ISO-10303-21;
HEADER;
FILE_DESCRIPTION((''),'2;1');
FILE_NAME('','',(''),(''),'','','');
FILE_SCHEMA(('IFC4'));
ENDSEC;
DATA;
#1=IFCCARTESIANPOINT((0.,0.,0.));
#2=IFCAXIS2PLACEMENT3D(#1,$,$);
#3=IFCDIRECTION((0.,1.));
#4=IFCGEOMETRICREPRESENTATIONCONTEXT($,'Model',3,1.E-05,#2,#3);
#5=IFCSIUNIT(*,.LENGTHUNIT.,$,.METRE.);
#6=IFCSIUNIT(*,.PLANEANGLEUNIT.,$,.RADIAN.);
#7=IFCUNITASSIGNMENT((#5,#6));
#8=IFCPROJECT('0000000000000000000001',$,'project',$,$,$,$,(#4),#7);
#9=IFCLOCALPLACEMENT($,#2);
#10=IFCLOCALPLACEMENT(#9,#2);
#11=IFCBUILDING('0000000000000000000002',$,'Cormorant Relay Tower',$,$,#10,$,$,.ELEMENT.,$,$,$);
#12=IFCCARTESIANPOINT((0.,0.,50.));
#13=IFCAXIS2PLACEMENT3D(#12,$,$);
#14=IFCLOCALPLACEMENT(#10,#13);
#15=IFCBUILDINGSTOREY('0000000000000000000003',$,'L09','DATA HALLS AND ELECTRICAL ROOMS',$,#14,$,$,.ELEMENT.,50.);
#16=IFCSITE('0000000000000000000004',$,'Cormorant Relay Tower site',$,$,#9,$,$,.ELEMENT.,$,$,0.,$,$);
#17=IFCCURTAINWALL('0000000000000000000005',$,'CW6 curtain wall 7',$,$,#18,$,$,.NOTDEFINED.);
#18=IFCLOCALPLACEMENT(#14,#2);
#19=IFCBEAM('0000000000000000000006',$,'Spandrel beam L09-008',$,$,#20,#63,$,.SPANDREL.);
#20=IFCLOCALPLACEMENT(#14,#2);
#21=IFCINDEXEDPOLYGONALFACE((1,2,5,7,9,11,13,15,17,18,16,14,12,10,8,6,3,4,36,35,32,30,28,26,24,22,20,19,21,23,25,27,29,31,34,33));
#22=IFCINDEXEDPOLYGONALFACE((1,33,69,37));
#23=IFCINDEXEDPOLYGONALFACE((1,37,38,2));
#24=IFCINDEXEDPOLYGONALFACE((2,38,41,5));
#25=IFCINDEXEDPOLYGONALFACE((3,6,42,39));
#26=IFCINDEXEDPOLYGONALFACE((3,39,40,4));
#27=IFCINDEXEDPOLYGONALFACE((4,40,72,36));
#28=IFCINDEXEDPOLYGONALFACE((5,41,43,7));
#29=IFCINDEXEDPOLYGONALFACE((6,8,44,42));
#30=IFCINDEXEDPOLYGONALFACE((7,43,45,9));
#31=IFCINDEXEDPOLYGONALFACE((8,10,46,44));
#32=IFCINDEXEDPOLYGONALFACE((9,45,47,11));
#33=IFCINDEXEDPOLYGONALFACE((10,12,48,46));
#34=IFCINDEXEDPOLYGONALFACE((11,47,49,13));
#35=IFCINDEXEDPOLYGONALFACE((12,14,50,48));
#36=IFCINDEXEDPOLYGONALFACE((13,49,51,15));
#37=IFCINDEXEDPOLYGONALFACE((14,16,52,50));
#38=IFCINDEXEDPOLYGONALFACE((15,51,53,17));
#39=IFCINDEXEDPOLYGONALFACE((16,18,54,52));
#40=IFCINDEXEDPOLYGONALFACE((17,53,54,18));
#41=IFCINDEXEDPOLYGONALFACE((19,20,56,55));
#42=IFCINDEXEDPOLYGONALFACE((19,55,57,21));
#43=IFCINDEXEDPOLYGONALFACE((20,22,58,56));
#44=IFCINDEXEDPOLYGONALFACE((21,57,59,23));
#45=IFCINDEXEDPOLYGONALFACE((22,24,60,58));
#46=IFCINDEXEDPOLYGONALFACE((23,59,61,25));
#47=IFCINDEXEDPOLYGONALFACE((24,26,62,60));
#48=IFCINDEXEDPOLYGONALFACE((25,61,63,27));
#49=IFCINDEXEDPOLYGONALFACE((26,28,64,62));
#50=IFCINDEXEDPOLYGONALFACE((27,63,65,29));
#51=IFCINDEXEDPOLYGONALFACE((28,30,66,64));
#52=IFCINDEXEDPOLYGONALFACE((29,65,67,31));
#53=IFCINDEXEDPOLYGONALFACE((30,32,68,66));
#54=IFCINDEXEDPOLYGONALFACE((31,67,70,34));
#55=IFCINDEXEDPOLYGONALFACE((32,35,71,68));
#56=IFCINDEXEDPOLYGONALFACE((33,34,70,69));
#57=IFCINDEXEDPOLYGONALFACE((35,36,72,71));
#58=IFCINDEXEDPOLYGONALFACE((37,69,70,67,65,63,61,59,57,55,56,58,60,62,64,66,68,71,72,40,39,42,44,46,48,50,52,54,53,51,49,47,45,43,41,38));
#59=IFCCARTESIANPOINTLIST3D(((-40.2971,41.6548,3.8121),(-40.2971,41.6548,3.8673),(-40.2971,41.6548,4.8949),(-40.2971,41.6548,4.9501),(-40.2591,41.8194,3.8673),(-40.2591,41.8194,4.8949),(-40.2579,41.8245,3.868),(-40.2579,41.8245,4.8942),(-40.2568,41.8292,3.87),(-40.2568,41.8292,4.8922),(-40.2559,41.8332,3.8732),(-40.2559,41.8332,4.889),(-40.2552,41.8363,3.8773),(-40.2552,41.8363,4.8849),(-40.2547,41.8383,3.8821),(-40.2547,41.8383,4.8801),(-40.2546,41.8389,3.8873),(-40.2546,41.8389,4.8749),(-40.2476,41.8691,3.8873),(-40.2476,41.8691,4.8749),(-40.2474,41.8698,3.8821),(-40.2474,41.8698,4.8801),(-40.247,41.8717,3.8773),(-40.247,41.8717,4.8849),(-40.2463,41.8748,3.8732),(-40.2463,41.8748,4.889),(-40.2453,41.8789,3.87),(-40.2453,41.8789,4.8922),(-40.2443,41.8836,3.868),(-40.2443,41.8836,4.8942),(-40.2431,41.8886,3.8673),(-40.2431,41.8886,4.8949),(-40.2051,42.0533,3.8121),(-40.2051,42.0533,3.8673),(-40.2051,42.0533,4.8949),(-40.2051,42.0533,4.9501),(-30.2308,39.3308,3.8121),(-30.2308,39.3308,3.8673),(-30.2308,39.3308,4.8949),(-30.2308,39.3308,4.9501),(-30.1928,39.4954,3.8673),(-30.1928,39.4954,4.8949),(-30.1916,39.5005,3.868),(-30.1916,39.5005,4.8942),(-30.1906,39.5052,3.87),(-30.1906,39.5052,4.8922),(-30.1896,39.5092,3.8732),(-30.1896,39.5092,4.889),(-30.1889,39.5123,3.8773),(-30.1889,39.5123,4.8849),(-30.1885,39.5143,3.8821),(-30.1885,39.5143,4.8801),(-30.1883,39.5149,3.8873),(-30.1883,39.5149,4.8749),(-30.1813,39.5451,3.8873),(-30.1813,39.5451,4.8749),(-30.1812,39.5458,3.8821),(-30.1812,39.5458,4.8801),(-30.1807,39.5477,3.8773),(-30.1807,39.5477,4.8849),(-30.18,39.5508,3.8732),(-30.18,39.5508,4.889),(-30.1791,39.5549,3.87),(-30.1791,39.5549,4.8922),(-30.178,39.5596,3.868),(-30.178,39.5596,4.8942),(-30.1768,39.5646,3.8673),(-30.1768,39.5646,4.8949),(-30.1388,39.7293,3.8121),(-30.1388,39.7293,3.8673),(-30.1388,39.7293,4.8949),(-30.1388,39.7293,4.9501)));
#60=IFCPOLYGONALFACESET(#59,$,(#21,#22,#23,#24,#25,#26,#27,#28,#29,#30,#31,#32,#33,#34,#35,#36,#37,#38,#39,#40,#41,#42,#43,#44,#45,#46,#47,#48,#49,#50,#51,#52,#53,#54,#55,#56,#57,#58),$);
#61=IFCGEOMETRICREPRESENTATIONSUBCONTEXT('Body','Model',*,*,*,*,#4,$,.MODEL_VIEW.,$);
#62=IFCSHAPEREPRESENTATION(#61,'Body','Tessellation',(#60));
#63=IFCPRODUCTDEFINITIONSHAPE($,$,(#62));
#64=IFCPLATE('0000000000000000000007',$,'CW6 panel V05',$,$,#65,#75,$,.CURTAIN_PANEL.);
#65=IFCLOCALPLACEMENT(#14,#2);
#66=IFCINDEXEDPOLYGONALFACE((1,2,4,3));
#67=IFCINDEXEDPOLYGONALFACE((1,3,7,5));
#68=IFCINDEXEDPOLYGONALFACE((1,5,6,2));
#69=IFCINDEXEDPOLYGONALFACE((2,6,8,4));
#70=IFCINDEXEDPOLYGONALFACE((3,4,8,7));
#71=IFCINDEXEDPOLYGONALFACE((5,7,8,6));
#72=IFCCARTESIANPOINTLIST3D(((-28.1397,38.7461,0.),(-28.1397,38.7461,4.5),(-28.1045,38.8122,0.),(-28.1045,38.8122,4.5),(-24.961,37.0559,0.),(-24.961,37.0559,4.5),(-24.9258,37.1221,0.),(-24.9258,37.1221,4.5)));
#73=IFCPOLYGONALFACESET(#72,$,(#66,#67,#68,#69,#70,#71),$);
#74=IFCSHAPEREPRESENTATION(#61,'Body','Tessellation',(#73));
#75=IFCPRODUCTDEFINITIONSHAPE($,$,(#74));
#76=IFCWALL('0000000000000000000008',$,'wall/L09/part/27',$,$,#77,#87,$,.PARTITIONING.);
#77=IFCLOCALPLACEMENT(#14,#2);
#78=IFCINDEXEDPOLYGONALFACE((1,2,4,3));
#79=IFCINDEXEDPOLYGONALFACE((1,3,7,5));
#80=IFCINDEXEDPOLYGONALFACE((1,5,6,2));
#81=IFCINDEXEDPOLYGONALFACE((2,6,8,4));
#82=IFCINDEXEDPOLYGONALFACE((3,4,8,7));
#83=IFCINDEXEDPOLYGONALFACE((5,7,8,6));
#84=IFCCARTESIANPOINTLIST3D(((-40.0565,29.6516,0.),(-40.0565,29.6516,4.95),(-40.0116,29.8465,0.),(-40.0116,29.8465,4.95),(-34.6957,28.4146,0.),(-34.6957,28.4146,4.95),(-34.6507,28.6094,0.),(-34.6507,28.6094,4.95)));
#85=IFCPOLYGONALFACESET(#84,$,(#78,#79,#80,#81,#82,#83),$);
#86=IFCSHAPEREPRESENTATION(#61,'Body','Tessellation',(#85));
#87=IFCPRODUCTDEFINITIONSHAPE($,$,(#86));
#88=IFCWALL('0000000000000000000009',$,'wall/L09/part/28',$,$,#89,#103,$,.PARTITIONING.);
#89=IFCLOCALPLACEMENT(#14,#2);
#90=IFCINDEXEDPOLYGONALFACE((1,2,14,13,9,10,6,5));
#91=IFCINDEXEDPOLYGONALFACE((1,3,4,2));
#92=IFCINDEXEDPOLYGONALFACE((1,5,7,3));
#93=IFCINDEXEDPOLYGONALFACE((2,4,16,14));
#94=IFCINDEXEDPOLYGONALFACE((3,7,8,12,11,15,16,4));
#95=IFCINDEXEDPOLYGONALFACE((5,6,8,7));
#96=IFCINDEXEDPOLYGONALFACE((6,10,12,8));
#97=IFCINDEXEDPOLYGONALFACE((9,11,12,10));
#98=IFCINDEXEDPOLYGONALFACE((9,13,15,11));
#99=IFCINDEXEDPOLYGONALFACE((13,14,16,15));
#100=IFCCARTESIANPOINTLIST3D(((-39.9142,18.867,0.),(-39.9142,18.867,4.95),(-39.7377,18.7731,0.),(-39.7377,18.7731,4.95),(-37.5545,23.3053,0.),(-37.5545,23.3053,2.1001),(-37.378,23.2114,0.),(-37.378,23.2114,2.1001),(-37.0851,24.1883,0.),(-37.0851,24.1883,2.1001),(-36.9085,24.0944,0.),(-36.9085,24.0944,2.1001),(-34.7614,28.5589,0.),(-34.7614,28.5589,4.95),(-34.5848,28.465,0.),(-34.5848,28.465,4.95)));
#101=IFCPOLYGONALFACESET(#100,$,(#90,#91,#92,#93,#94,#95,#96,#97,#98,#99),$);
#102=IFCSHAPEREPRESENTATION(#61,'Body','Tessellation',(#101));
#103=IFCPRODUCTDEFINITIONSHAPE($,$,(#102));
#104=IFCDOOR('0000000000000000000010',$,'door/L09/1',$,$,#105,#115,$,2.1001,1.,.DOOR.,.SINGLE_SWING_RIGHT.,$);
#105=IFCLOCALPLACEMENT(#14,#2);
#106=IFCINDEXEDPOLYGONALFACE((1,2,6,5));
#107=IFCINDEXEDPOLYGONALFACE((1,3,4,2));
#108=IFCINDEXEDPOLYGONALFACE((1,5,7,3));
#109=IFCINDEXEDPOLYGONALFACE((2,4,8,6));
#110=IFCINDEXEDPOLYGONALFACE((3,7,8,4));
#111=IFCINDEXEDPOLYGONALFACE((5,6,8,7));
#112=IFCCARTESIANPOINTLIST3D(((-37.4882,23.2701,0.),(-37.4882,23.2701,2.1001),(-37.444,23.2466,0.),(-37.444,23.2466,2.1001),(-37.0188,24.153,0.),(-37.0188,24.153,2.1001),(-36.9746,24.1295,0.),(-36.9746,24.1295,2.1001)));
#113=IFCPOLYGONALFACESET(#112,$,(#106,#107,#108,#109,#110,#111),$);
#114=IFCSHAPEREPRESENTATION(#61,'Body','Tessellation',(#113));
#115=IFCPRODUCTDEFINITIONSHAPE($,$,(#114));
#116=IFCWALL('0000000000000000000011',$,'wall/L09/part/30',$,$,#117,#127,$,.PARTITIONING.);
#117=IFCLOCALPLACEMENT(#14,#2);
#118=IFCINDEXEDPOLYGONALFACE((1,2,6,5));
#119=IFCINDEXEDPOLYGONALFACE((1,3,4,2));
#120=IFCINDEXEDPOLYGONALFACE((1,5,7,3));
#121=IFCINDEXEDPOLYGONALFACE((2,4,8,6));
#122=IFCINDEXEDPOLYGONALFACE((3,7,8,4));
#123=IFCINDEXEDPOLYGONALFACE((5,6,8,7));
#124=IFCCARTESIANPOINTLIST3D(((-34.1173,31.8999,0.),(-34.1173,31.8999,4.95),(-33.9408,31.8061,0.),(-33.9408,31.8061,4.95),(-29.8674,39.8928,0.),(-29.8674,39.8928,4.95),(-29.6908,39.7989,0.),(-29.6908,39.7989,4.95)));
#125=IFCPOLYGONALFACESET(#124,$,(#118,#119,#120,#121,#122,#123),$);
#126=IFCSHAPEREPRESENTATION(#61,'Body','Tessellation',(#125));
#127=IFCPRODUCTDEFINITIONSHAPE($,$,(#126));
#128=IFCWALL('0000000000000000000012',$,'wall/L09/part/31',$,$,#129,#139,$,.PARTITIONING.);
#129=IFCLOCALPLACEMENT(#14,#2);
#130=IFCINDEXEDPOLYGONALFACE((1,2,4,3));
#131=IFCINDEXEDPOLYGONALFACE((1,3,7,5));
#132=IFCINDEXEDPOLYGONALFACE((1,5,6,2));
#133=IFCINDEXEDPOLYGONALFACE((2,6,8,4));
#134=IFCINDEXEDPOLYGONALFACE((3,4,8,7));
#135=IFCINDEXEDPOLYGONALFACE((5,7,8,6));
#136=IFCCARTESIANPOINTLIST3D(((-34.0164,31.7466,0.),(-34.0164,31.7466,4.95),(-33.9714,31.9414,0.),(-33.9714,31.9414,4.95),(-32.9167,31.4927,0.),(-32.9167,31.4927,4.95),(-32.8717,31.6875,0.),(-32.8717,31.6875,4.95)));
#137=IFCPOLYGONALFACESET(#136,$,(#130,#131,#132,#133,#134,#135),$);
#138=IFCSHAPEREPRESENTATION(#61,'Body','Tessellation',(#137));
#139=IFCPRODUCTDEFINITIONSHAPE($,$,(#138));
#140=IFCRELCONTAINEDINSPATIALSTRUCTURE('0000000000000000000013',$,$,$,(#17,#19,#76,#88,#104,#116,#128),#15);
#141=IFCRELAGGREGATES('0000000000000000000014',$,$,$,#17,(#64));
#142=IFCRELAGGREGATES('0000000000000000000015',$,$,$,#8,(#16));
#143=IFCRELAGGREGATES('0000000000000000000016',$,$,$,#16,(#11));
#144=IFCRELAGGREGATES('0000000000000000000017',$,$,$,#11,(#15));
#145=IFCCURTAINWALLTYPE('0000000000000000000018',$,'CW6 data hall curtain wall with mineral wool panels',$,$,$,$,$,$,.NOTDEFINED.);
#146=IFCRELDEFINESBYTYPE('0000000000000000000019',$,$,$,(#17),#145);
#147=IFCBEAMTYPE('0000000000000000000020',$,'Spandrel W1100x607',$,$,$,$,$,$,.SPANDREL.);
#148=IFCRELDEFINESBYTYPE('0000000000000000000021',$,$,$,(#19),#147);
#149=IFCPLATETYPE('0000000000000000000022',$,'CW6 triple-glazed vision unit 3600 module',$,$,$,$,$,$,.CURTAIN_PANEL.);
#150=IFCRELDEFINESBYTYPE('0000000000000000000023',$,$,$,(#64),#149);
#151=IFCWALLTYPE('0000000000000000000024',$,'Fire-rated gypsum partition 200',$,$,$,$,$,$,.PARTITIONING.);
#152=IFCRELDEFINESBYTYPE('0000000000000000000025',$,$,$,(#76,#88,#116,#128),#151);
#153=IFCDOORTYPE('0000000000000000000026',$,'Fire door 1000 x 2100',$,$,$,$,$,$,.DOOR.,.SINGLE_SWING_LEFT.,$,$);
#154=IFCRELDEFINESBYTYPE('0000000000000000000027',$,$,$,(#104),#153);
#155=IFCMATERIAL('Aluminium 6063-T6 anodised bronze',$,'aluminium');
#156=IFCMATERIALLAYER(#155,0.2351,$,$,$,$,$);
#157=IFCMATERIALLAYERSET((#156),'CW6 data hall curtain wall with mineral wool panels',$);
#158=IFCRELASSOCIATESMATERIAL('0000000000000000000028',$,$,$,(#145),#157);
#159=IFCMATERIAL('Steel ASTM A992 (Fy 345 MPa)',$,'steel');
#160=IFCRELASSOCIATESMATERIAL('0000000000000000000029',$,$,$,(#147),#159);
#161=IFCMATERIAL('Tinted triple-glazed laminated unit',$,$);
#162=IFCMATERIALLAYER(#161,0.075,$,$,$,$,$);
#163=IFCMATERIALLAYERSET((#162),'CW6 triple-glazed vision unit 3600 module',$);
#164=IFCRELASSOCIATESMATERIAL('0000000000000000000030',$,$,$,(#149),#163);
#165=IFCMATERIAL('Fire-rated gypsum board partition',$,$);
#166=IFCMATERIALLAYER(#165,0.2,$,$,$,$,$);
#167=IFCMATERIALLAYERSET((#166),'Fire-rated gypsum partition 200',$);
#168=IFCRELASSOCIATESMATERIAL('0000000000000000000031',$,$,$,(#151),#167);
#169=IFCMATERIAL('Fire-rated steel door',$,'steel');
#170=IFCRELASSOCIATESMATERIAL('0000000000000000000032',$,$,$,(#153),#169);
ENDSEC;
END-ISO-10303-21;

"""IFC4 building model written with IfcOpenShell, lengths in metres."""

from ifc_helpers import new_model, si_unit, direction, frame, frame_2d, origin, origin_2d, place, context, subcontext, project, spatial, rectangle, i_section, extrude, material, layer, layer_set, material_profile, profile_set, type_object, element, fill, aggregate, save


model = new_model("IFC4")

# Units and contexts
model_context = context("Model", 3, precision=1e-05, world=origin(), true_north=direction((0.0, 1.0)))
body_context = subcontext(model_context, "Body", "Model", "MODEL_VIEW")
ifc_project = project(units=[si_unit("LENGTHUNIT", "METRE"), si_unit("PLANEANGLEUNIT", "RADIAN")], contexts=[model_context])

# Site, building, storey
site_placement = place(None, origin())
site = spatial("IfcSite", under=ifc_project, at=site_placement, Name="Cormorant Relay Tower site", CompositionType="ELEMENT", RefElevation=0.0)
building_placement = place(site_placement, origin())
building = spatial("IfcBuilding", under=site, at=building_placement, Name="Cormorant Relay Tower", CompositionType="ELEMENT")
storey_placement = place(building_placement, frame((0.0, 0.0, 50.0)))
storey = spatial("IfcBuildingStorey", under=building, at=storey_placement, Name="L09", Description="DATA HALLS AND ELECTRICAL ROOMS", CompositionType="ELEMENT", Elevation=50.0)

# Curtain wall
ifc_material_1 = material(Name="Aluminium 6063-T6 anodised bronze", Category="aluminium")
ifc_layer_1 = layer(ifc_material_1, 0.2351)
ifc_layer_set_1 = layer_set([ifc_layer_1], Name="CW6 data hall curtain wall with mineral wool panels")
curtain_wall_type = type_object("IfcCurtainWallType", Name="CW6 data hall curtain wall with mineral wool panels", PredefinedType="NOTDEFINED", material=ifc_layer_set_1)
curtain_wall_1_placement = place(storey_placement, origin())
curtain_wall_1 = element("IfcCurtainWall", 1, at=curtain_wall_1_placement, inside=storey, type_object=curtain_wall_type, Name="CW6 curtain wall 7", PredefinedType="NOTDEFINED")

# Beam
ifc_material_2 = material(Name="Steel ASTM A992 (Fy 345 MPa)", Category="steel")
ifc_material_profile_1 = material_profile(ifc_material_2, i_section(OverallWidth=0.4089, OverallDepth=1.1379, WebThickness=0.031, FlangeThickness=0.0552, FilletRadius=0.02, at=origin_2d()), Name="W1100x607")
ifc_profile_set_1 = profile_set([ifc_material_profile_1], Name="Steel ASTM A992 (Fy 345 MPa)")
beam_type = type_object("IfcBeamType", Name="Spandrel W1100x607", PredefinedType="SPANDREL", material=ifc_profile_set_1)
beam_placement = place(storey_placement, frame((-30.1848, 39.53, 4.3811), z_axis=(-0.97437, 0.224953, 0.0), x_axis=(-0.224953, -0.97437, 0.0)))
element("IfcBeam", 2, at=beam_placement, inside=storey, type_object=beam_type, Name="Spandrel beam L09-008", PredefinedType="SPANDREL", context=body_context, shape_type="SweptSolid", body=[
    extrude(i_section(OverallWidth=0.4089, OverallDepth=1.1379, WebThickness=0.031, FlangeThickness=0.0552, FilletRadius=0.02, at=origin_2d()), origin(), (0.0, 0.0, 1.0), 10.3311),
])

# Plate
ifc_material_3 = material(Name="Tinted triple-glazed laminated unit")
ifc_layer_2 = layer(ifc_material_3, 0.075)
ifc_layer_set_2 = layer_set([ifc_layer_2], Name="CW6 triple-glazed vision unit 3600 module")
plate_type = type_object("IfcPlateType", Name="CW6 triple-glazed vision unit 3600 module", PredefinedType="CURTAIN_PANEL", material=ifc_layer_set_2)
plate_placement = place(storey_placement, frame((-26.5327, 37.9341, 0.0), z_axis=(0.0, 0.0, 1.0), x_axis=(-0.882948, 0.469472, 0.0)))
plate = element("IfcPlate", 3, at=plate_placement, type_object=plate_type, Name="CW6 panel V05", PredefinedType="CURTAIN_PANEL", context=body_context, shape_type="SweptSolid", body=[
    extrude(rectangle(XDim=3.6001, YDim=0.075, at=origin_2d()), origin(), (0.0, 0.0, 1.0), 4.5),
])

# Wall
ifc_material_4 = material(Name="Fire-rated gypsum board partition")
ifc_layer_3 = layer(ifc_material_4, 0.2)
ifc_layer_set_3 = layer_set([ifc_layer_3], Name="Fire-rated gypsum partition 200")
wall_type = type_object("IfcWallType", Name="Fire-rated gypsum partition 200", PredefinedType="PARTITIONING", material=ifc_layer_set_3)
wall_1_placement = place(storey_placement, frame((-34.6731, 28.512, 0.0), z_axis=(0.0, 0.0, 1.0), x_axis=(-0.974393, 0.22485, 0.0)))
element("IfcWall", 4, at=wall_1_placement, inside=storey, type_object=wall_type, Name="wall/L09/part/27", PredefinedType="PARTITIONING", context=body_context, shape_type="SweptSolid", body=[
    extrude(rectangle(XDim=5.5017, YDim=0.2, at=frame_2d((2.751, 0.0))), origin(), (0.0, 0.0, 1.0), 4.95),
])

# Wall, opening, door
wall_2_placement = place(storey_placement, frame((-34.6731, 28.512, 0.0), z_axis=(0.0, 0.0, 1.0), x_axis=(-0.46944, -0.882964, 0.0)))
wall_2 = element("IfcWall", 5, at=wall_2_placement, inside=storey, type_object=wall_type, Name="wall/L09/part/28", PredefinedType="PARTITIONING", context=body_context, shape_type="SweptSolid", body=[
    extrude(rectangle(XDim=10.9766, YDim=0.2, at=frame_2d((5.4883, 0.0))), origin(), (0.0, 0.0, 1.0), 4.95),
])
opening_1_placement = place(wall_2_placement, frame((4.95, 0.0, 0.0)))
opening_1 = element("IfcOpeningElement", 6, at=opening_1_placement, cuts=wall_2, PredefinedType="OPENING", context=body_context, shape_type="SweptSolid", body=[
    extrude(rectangle(XDim=1.0, YDim=2.1001, at=frame_2d((0.5, 1.05))), frame((0.0, 0.1099, 0.0), z_axis=(0.0, -1.0, 0.0), x_axis=(1.0, 0.0, 0.0)), (0.0, 0.0, 1.0), 0.22),
])
ifc_material_5 = material(Name="Fire-rated steel door", Category="steel")
door_type = type_object("IfcDoorType", Name="Fire door 1000 x 2100", OperationType="SINGLE_SWING_LEFT", PredefinedType="DOOR", material=ifc_material_5)
door_1_placement = place(opening_1_placement, frame((1.0, 0.0, 0.0), z_axis=(0.0, 0.0, 1.0), x_axis=(-1.0, 0.0, 0.0)))
door_1 = element("IfcDoor", 7, at=door_1_placement, inside=storey, type_object=door_type, Name="door/L09/1", OperationType="SINGLE_SWING_RIGHT", OverallHeight=2.1001, OverallWidth=1.0, PredefinedType="DOOR", context=body_context, shape_type="SweptSolid", body=[
    extrude(rectangle(XDim=1.0, YDim=2.1001, at=frame_2d((0.5, 1.05))), frame((0.0, 0.0249, 0.0), z_axis=(0.0, -1.0, 0.0), x_axis=(1.0, 0.0, 0.0)), (0.0, 0.0, 1.0), 0.05),
])
fill(opening_1, door_1)

# Walls
wall_3_placement = place(storey_placement, frame((-29.7791, 39.8459, 0.0), z_axis=(0.0, 0.0, 1.0), x_axis=(-0.469479, -0.882944, 0.0)))
element("IfcWall", 8, at=wall_3_placement, inside=storey, type_object=wall_type, Name="wall/L09/part/30", PredefinedType="PARTITIONING", context=body_context, shape_type="SweptSolid", body=[
    extrude(rectangle(XDim=9.0525, YDim=0.2, at=frame_2d((4.5264, 0.0))), origin(), (0.0, 0.0, 1.0), 4.95),
])
wall_4_placement = place(storey_placement, frame((-32.894, 31.5901, 0.0), z_axis=(0.0, 0.0, 1.0), x_axis=(-0.974373, 0.224938, 0.0)))
element("IfcWall", 9, at=wall_4_placement, inside=storey, type_object=wall_type, Name="wall/L09/part/31", PredefinedType="PARTITIONING", context=body_context, shape_type="SweptSolid", body=[
    extrude(rectangle(XDim=1.1287, YDim=0.2, at=frame_2d((0.5645, 0.0))), origin(), (0.0, 0.0, 1.0), 4.95),
])

aggregate(curtain_wall_1, [plate])

save(model, "model.ifc")
